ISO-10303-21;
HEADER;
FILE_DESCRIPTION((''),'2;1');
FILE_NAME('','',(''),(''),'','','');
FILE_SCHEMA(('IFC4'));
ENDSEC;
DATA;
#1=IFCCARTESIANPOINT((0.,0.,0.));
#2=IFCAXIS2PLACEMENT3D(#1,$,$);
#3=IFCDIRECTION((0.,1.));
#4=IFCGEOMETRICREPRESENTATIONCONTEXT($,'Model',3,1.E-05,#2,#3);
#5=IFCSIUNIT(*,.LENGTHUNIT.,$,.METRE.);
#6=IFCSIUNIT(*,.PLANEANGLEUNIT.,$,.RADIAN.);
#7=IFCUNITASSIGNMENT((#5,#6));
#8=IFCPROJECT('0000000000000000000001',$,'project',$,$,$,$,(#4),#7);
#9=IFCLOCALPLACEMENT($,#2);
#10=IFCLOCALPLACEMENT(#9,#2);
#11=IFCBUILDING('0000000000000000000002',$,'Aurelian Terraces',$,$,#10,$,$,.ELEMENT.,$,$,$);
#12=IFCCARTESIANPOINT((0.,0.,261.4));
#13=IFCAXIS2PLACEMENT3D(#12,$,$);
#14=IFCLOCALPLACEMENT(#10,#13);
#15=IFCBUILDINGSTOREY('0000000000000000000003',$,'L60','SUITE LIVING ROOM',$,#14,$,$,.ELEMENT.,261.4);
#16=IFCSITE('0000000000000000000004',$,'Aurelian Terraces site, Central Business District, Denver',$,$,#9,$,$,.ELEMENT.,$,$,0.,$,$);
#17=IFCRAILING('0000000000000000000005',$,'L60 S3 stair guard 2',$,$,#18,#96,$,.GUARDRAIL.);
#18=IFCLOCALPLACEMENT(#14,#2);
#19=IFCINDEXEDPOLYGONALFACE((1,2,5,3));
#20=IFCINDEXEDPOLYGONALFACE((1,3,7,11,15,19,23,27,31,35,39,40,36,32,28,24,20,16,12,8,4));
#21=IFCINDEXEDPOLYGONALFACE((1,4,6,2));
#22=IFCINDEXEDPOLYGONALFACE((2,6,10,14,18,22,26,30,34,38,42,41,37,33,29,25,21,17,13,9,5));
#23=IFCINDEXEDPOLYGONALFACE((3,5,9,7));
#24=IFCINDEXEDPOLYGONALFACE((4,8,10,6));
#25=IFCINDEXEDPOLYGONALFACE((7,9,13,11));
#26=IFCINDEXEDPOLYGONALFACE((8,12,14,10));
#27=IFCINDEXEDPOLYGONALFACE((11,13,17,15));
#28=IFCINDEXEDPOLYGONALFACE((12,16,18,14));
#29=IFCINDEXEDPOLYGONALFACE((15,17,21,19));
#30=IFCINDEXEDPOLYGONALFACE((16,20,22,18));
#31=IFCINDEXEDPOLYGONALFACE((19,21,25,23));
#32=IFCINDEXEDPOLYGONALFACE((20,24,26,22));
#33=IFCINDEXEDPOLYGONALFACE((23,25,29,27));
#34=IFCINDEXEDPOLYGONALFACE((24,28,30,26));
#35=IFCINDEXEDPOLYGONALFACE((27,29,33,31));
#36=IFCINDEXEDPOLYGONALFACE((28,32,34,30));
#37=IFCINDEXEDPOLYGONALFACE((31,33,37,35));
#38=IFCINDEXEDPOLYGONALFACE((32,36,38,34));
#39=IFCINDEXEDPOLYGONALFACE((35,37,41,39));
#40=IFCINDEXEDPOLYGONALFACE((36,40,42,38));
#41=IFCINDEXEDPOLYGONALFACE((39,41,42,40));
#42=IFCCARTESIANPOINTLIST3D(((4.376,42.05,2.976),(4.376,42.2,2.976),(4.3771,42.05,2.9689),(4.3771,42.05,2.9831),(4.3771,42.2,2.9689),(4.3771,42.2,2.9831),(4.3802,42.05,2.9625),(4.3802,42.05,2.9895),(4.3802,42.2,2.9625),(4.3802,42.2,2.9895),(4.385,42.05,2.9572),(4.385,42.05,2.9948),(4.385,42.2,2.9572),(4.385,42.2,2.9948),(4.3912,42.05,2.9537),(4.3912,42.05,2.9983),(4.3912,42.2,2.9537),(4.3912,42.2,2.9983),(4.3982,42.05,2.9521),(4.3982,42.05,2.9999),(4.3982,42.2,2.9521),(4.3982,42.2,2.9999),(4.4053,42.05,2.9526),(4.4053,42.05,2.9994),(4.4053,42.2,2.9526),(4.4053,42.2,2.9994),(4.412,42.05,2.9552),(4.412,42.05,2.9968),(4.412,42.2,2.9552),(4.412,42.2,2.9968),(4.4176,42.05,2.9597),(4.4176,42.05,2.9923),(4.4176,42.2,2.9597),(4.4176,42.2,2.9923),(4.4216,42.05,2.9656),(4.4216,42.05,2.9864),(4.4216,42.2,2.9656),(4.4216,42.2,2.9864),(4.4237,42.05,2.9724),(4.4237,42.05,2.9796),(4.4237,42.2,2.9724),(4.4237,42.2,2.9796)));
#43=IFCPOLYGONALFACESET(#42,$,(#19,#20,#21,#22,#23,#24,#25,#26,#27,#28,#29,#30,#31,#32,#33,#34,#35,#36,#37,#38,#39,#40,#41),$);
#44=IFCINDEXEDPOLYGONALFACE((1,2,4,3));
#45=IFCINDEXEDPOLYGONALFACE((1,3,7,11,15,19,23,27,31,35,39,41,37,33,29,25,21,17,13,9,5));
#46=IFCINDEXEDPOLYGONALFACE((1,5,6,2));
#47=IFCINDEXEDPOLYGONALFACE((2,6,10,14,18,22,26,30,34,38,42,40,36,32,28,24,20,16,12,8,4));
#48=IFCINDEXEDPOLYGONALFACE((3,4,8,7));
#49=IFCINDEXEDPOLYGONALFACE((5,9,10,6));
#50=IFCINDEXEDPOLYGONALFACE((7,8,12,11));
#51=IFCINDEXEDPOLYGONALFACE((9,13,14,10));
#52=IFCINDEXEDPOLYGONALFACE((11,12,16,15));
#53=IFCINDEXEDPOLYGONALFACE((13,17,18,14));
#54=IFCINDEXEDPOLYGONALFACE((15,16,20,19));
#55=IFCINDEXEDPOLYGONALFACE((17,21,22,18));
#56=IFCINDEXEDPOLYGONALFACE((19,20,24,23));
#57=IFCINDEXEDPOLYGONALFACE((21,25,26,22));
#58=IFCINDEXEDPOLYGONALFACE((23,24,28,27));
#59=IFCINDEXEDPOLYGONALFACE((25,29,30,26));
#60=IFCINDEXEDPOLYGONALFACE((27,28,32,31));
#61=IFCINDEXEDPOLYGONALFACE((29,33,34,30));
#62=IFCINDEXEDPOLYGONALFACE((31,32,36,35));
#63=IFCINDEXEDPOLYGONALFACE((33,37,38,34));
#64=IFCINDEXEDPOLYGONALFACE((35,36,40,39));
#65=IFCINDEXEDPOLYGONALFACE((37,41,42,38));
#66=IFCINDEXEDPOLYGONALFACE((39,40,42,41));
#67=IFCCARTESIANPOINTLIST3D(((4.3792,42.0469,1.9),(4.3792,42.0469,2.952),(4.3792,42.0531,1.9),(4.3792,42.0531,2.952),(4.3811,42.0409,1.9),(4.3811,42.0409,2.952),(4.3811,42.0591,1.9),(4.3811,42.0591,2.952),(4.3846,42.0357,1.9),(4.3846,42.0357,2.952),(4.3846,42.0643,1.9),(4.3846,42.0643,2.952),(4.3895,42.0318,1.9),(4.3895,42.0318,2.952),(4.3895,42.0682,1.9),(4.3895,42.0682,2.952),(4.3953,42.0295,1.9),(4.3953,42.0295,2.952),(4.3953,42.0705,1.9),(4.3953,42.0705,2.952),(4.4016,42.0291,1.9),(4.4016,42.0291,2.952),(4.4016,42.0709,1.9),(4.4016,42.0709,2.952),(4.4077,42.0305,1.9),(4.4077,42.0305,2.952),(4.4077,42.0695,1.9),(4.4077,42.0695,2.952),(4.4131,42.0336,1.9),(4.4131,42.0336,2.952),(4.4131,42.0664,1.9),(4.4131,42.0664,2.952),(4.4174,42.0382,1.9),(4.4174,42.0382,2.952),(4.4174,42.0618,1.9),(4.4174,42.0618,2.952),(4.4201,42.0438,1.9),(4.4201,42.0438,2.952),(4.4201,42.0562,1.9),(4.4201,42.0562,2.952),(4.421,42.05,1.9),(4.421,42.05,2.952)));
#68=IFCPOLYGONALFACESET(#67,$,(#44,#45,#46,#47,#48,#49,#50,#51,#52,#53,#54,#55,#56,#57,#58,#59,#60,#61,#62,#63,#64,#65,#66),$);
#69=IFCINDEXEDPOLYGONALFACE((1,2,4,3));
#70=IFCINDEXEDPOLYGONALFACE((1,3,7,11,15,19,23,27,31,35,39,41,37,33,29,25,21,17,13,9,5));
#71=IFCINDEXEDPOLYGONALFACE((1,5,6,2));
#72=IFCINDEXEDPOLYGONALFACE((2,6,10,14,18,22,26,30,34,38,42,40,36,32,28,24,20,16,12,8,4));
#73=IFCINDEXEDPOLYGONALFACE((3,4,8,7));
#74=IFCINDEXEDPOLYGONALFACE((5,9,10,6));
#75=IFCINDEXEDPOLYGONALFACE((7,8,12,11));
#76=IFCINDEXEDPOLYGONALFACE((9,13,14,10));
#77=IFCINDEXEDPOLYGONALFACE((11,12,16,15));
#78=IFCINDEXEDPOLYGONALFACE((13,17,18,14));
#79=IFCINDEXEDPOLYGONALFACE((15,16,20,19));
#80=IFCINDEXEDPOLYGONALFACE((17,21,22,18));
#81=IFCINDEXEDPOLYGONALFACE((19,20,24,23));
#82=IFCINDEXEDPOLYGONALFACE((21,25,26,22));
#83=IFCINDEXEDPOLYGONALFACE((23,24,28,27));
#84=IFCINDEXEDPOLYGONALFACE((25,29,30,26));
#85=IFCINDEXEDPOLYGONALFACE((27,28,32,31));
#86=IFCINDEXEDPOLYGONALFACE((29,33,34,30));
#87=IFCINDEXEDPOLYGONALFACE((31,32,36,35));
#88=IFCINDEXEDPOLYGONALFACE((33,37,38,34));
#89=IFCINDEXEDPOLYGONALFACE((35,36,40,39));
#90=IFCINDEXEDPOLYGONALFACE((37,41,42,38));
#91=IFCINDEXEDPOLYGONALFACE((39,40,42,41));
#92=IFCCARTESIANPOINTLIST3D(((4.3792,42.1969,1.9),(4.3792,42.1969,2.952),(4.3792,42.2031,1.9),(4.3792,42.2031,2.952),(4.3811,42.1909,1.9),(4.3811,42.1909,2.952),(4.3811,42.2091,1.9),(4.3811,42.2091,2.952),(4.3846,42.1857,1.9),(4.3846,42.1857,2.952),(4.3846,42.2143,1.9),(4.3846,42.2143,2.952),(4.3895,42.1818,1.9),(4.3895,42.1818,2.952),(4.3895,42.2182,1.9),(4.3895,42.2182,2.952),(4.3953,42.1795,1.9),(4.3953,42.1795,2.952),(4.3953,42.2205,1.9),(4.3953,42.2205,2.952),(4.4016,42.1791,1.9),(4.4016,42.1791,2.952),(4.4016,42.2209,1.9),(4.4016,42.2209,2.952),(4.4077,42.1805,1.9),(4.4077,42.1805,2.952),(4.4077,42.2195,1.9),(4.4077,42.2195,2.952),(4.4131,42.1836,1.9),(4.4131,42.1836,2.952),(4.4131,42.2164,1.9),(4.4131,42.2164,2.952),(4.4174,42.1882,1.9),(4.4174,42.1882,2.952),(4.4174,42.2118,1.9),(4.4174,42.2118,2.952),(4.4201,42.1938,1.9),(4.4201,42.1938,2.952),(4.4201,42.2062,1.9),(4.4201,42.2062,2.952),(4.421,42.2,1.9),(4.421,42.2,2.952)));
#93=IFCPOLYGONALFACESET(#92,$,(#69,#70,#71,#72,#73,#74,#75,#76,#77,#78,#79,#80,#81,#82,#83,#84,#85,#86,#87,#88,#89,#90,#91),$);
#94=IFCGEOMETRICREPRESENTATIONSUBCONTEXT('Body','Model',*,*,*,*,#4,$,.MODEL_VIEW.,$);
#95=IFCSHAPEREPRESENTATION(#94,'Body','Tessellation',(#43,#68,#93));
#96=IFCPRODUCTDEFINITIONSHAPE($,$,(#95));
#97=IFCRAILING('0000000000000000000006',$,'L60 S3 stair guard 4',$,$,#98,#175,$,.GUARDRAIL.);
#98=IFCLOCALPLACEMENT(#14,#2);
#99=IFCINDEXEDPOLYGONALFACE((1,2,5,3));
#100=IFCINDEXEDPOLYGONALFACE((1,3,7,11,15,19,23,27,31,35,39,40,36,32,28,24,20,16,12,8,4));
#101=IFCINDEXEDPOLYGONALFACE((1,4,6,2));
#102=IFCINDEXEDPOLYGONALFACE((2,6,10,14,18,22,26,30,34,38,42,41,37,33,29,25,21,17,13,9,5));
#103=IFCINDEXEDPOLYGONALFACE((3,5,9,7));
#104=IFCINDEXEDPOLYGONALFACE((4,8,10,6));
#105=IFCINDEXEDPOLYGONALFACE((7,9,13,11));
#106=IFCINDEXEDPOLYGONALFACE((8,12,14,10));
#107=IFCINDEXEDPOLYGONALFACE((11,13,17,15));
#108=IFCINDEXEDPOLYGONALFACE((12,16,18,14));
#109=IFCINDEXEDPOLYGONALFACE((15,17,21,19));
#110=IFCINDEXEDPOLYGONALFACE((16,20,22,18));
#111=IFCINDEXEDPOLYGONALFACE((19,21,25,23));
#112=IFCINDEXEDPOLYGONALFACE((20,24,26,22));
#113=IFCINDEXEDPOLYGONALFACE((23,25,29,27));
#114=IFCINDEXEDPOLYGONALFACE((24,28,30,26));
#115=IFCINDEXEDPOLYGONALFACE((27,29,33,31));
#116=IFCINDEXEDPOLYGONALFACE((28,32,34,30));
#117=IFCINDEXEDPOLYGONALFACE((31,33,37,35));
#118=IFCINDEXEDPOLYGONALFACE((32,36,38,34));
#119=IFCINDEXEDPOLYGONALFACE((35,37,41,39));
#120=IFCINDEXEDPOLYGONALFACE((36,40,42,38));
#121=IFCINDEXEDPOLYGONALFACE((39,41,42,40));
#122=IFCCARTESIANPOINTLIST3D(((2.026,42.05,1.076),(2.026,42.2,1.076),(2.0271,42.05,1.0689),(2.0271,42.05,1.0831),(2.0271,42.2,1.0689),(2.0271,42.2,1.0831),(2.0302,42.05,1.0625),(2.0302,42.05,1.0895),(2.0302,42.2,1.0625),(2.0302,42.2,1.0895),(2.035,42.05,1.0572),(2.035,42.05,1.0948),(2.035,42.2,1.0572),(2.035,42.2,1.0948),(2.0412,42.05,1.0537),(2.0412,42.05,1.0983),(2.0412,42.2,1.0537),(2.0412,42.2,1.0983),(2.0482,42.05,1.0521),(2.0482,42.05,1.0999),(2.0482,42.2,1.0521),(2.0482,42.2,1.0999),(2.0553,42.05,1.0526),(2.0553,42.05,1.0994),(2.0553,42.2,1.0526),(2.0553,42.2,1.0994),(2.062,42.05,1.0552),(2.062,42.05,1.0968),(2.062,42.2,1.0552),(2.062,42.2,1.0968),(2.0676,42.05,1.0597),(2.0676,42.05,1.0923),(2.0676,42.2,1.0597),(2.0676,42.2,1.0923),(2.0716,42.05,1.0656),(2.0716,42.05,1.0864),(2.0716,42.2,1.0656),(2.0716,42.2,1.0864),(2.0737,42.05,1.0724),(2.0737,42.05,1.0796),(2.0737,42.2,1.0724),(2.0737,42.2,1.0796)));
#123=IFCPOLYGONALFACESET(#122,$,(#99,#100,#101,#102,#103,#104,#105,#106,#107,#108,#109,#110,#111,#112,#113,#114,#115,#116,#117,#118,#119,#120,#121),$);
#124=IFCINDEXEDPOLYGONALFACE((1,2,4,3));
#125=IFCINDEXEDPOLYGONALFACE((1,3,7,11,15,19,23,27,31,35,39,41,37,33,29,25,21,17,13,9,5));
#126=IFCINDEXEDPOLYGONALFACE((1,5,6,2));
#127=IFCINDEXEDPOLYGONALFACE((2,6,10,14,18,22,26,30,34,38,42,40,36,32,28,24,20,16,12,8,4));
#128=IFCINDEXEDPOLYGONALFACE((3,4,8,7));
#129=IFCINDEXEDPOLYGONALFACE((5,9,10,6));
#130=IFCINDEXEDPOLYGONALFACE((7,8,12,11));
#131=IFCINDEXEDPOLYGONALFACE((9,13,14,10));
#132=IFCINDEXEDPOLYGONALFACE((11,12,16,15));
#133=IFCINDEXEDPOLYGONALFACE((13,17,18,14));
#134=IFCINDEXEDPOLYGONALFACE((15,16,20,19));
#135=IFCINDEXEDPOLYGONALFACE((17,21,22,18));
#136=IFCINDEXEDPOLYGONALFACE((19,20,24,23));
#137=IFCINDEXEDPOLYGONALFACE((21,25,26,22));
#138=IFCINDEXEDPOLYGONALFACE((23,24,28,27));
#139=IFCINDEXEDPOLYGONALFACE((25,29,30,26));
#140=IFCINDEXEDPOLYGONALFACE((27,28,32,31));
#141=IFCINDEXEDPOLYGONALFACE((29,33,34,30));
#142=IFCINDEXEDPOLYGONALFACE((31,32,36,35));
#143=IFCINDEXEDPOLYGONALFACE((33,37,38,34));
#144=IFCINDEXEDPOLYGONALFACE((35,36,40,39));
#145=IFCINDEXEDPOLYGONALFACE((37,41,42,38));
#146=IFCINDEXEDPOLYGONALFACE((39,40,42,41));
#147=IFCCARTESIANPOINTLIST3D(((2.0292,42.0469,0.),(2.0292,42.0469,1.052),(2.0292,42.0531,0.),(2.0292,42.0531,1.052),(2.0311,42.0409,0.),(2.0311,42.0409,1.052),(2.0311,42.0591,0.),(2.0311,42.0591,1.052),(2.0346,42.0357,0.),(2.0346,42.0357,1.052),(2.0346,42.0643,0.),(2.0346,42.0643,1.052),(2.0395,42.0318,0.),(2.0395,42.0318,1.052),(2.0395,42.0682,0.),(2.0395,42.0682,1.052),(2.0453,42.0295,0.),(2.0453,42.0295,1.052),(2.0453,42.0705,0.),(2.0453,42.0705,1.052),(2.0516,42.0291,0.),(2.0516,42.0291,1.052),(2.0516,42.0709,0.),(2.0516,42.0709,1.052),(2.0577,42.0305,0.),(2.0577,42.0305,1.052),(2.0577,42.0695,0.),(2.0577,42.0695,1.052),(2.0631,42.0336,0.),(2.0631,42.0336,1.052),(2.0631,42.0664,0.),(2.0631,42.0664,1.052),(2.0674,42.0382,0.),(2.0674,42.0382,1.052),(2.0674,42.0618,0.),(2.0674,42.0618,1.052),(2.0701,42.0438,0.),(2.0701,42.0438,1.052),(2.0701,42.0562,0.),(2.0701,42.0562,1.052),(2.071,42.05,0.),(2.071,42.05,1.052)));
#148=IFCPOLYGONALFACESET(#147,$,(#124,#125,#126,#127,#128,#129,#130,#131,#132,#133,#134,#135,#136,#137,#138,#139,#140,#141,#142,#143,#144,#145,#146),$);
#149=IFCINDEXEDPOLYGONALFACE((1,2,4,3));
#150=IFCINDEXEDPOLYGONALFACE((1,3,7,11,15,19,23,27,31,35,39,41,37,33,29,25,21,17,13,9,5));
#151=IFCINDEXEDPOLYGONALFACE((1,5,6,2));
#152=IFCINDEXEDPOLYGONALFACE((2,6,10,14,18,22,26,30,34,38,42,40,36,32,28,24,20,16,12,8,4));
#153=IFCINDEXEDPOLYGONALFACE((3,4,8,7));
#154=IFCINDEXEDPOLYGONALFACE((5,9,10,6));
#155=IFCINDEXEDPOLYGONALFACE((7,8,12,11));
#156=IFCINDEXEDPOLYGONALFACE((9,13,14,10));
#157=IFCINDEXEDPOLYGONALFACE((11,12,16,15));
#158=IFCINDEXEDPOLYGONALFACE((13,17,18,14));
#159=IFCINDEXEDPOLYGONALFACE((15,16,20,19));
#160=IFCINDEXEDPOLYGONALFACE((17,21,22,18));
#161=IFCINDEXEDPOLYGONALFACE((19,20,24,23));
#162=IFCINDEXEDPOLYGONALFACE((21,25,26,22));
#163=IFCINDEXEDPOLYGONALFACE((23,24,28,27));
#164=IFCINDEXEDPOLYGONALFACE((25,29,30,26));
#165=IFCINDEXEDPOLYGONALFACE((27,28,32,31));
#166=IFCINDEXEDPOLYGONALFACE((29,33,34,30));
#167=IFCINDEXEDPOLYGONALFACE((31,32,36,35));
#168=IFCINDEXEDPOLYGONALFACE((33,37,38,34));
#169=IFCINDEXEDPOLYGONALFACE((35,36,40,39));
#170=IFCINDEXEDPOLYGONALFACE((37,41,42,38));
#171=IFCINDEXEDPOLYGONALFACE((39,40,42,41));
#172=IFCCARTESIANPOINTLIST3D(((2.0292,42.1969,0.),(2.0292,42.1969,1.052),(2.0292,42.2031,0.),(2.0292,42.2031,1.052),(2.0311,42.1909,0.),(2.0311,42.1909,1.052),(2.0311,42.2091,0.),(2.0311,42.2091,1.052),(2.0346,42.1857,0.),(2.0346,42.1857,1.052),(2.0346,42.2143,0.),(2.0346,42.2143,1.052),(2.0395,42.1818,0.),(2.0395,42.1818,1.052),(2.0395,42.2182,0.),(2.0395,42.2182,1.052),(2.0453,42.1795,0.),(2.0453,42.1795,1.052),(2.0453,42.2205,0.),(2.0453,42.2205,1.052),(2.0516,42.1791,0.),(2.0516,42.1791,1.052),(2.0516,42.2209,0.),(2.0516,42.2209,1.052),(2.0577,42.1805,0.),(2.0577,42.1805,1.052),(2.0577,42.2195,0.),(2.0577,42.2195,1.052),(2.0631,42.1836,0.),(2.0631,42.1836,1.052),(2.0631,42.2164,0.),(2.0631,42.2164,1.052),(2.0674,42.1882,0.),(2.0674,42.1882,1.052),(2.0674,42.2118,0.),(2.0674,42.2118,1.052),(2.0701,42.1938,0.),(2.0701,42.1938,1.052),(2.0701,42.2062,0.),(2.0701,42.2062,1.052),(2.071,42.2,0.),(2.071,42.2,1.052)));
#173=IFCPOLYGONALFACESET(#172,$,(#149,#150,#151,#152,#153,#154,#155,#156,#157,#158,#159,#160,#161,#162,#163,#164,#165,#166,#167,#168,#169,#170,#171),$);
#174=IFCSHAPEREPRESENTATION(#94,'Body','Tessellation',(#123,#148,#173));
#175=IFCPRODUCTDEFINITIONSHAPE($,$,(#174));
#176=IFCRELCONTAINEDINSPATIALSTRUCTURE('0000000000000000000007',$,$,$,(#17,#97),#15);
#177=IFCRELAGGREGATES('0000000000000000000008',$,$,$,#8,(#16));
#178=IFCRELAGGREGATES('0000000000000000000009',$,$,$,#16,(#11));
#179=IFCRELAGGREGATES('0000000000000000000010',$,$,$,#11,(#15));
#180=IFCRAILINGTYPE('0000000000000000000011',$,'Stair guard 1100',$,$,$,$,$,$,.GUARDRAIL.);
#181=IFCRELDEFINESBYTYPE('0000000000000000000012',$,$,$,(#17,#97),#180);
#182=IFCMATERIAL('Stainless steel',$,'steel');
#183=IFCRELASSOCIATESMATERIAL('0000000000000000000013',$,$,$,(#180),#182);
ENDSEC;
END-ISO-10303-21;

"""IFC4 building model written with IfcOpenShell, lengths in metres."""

from ifc_helpers import new_model, si_unit, direction, frame, origin, origin_2d, place, context, subcontext, project, spatial, circle, extrude, source, transform, mapped, material, type_object, element, save


model = new_model("IFC4")

# Units and contexts
model_context = context("Model", 3, precision=1e-05, world=origin(), true_north=direction((0.0, 1.0)))
body_context = subcontext(model_context, "Body", "Model", "MODEL_VIEW")
ifc_project = project(units=[si_unit("LENGTHUNIT", "METRE"), si_unit("PLANEANGLEUNIT", "RADIAN")], contexts=[model_context])

# Site, building, storey
site_placement = place(None, origin())
site = spatial("IfcSite", under=ifc_project, at=site_placement, Name="Aurelian Terraces site, Central Business District, Denver", CompositionType="ELEMENT", RefElevation=0.0)
building_placement = place(site_placement, origin())
building = spatial("IfcBuilding", under=site, at=building_placement, Name="Aurelian Terraces", CompositionType="ELEMENT")
storey_placement = place(building_placement, frame((0.0, 0.0, 261.4)))
storey = spatial("IfcBuildingStorey", under=building, at=storey_placement, Name="L60", Description="SUITE LIVING ROOM", CompositionType="ELEMENT", Elevation=261.4)

# Railings
ifc_material_1 = material(Name="Stainless steel", Category="steel")
railing_type_1 = type_object("IfcRailingType", Name="Stair guard 1100", PredefinedType="GUARDRAIL", material=ifc_material_1)
shared_shape_1 = source(origin(), body_context, "Body", "SweptSolid", [
    extrude(circle(Radius=0.024, at=origin_2d()), frame((0.0, 0.0, 1.076), z_axis=(0.0, 1.0, 0.0), x_axis=(-1.0, 0.0, 0.0)), (0.0, 0.0, 1.0), 0.15),
    extrude(circle(Radius=0.021, at=origin_2d()), origin(), (0.0, 0.0, 1.0), 1.052),
    extrude(circle(Radius=0.021, at=origin_2d()), frame((0.0, 0.15, 0.0)), (0.0, 0.0, 1.0), 1.052),
])
for number, where, name in (
    (1, (4.4, 42.05, 1.9), "L60 S3 stair guard 2"),
    (2, (2.05, 42.05, 0.0), "L60 S3 stair guard 4"),
):
    element("IfcRailing", number, at=place(storey_placement, frame(where)), inside=storey, type_object=railing_type_1, Name=name, PredefinedType="GUARDRAIL", context=body_context, shape_type="MappedRepresentation", body=[
        mapped(shared_shape_1, transform((0.0, 0.0, 0.0), scale=1.0)),
    ])

save(model, "model.ifc")
